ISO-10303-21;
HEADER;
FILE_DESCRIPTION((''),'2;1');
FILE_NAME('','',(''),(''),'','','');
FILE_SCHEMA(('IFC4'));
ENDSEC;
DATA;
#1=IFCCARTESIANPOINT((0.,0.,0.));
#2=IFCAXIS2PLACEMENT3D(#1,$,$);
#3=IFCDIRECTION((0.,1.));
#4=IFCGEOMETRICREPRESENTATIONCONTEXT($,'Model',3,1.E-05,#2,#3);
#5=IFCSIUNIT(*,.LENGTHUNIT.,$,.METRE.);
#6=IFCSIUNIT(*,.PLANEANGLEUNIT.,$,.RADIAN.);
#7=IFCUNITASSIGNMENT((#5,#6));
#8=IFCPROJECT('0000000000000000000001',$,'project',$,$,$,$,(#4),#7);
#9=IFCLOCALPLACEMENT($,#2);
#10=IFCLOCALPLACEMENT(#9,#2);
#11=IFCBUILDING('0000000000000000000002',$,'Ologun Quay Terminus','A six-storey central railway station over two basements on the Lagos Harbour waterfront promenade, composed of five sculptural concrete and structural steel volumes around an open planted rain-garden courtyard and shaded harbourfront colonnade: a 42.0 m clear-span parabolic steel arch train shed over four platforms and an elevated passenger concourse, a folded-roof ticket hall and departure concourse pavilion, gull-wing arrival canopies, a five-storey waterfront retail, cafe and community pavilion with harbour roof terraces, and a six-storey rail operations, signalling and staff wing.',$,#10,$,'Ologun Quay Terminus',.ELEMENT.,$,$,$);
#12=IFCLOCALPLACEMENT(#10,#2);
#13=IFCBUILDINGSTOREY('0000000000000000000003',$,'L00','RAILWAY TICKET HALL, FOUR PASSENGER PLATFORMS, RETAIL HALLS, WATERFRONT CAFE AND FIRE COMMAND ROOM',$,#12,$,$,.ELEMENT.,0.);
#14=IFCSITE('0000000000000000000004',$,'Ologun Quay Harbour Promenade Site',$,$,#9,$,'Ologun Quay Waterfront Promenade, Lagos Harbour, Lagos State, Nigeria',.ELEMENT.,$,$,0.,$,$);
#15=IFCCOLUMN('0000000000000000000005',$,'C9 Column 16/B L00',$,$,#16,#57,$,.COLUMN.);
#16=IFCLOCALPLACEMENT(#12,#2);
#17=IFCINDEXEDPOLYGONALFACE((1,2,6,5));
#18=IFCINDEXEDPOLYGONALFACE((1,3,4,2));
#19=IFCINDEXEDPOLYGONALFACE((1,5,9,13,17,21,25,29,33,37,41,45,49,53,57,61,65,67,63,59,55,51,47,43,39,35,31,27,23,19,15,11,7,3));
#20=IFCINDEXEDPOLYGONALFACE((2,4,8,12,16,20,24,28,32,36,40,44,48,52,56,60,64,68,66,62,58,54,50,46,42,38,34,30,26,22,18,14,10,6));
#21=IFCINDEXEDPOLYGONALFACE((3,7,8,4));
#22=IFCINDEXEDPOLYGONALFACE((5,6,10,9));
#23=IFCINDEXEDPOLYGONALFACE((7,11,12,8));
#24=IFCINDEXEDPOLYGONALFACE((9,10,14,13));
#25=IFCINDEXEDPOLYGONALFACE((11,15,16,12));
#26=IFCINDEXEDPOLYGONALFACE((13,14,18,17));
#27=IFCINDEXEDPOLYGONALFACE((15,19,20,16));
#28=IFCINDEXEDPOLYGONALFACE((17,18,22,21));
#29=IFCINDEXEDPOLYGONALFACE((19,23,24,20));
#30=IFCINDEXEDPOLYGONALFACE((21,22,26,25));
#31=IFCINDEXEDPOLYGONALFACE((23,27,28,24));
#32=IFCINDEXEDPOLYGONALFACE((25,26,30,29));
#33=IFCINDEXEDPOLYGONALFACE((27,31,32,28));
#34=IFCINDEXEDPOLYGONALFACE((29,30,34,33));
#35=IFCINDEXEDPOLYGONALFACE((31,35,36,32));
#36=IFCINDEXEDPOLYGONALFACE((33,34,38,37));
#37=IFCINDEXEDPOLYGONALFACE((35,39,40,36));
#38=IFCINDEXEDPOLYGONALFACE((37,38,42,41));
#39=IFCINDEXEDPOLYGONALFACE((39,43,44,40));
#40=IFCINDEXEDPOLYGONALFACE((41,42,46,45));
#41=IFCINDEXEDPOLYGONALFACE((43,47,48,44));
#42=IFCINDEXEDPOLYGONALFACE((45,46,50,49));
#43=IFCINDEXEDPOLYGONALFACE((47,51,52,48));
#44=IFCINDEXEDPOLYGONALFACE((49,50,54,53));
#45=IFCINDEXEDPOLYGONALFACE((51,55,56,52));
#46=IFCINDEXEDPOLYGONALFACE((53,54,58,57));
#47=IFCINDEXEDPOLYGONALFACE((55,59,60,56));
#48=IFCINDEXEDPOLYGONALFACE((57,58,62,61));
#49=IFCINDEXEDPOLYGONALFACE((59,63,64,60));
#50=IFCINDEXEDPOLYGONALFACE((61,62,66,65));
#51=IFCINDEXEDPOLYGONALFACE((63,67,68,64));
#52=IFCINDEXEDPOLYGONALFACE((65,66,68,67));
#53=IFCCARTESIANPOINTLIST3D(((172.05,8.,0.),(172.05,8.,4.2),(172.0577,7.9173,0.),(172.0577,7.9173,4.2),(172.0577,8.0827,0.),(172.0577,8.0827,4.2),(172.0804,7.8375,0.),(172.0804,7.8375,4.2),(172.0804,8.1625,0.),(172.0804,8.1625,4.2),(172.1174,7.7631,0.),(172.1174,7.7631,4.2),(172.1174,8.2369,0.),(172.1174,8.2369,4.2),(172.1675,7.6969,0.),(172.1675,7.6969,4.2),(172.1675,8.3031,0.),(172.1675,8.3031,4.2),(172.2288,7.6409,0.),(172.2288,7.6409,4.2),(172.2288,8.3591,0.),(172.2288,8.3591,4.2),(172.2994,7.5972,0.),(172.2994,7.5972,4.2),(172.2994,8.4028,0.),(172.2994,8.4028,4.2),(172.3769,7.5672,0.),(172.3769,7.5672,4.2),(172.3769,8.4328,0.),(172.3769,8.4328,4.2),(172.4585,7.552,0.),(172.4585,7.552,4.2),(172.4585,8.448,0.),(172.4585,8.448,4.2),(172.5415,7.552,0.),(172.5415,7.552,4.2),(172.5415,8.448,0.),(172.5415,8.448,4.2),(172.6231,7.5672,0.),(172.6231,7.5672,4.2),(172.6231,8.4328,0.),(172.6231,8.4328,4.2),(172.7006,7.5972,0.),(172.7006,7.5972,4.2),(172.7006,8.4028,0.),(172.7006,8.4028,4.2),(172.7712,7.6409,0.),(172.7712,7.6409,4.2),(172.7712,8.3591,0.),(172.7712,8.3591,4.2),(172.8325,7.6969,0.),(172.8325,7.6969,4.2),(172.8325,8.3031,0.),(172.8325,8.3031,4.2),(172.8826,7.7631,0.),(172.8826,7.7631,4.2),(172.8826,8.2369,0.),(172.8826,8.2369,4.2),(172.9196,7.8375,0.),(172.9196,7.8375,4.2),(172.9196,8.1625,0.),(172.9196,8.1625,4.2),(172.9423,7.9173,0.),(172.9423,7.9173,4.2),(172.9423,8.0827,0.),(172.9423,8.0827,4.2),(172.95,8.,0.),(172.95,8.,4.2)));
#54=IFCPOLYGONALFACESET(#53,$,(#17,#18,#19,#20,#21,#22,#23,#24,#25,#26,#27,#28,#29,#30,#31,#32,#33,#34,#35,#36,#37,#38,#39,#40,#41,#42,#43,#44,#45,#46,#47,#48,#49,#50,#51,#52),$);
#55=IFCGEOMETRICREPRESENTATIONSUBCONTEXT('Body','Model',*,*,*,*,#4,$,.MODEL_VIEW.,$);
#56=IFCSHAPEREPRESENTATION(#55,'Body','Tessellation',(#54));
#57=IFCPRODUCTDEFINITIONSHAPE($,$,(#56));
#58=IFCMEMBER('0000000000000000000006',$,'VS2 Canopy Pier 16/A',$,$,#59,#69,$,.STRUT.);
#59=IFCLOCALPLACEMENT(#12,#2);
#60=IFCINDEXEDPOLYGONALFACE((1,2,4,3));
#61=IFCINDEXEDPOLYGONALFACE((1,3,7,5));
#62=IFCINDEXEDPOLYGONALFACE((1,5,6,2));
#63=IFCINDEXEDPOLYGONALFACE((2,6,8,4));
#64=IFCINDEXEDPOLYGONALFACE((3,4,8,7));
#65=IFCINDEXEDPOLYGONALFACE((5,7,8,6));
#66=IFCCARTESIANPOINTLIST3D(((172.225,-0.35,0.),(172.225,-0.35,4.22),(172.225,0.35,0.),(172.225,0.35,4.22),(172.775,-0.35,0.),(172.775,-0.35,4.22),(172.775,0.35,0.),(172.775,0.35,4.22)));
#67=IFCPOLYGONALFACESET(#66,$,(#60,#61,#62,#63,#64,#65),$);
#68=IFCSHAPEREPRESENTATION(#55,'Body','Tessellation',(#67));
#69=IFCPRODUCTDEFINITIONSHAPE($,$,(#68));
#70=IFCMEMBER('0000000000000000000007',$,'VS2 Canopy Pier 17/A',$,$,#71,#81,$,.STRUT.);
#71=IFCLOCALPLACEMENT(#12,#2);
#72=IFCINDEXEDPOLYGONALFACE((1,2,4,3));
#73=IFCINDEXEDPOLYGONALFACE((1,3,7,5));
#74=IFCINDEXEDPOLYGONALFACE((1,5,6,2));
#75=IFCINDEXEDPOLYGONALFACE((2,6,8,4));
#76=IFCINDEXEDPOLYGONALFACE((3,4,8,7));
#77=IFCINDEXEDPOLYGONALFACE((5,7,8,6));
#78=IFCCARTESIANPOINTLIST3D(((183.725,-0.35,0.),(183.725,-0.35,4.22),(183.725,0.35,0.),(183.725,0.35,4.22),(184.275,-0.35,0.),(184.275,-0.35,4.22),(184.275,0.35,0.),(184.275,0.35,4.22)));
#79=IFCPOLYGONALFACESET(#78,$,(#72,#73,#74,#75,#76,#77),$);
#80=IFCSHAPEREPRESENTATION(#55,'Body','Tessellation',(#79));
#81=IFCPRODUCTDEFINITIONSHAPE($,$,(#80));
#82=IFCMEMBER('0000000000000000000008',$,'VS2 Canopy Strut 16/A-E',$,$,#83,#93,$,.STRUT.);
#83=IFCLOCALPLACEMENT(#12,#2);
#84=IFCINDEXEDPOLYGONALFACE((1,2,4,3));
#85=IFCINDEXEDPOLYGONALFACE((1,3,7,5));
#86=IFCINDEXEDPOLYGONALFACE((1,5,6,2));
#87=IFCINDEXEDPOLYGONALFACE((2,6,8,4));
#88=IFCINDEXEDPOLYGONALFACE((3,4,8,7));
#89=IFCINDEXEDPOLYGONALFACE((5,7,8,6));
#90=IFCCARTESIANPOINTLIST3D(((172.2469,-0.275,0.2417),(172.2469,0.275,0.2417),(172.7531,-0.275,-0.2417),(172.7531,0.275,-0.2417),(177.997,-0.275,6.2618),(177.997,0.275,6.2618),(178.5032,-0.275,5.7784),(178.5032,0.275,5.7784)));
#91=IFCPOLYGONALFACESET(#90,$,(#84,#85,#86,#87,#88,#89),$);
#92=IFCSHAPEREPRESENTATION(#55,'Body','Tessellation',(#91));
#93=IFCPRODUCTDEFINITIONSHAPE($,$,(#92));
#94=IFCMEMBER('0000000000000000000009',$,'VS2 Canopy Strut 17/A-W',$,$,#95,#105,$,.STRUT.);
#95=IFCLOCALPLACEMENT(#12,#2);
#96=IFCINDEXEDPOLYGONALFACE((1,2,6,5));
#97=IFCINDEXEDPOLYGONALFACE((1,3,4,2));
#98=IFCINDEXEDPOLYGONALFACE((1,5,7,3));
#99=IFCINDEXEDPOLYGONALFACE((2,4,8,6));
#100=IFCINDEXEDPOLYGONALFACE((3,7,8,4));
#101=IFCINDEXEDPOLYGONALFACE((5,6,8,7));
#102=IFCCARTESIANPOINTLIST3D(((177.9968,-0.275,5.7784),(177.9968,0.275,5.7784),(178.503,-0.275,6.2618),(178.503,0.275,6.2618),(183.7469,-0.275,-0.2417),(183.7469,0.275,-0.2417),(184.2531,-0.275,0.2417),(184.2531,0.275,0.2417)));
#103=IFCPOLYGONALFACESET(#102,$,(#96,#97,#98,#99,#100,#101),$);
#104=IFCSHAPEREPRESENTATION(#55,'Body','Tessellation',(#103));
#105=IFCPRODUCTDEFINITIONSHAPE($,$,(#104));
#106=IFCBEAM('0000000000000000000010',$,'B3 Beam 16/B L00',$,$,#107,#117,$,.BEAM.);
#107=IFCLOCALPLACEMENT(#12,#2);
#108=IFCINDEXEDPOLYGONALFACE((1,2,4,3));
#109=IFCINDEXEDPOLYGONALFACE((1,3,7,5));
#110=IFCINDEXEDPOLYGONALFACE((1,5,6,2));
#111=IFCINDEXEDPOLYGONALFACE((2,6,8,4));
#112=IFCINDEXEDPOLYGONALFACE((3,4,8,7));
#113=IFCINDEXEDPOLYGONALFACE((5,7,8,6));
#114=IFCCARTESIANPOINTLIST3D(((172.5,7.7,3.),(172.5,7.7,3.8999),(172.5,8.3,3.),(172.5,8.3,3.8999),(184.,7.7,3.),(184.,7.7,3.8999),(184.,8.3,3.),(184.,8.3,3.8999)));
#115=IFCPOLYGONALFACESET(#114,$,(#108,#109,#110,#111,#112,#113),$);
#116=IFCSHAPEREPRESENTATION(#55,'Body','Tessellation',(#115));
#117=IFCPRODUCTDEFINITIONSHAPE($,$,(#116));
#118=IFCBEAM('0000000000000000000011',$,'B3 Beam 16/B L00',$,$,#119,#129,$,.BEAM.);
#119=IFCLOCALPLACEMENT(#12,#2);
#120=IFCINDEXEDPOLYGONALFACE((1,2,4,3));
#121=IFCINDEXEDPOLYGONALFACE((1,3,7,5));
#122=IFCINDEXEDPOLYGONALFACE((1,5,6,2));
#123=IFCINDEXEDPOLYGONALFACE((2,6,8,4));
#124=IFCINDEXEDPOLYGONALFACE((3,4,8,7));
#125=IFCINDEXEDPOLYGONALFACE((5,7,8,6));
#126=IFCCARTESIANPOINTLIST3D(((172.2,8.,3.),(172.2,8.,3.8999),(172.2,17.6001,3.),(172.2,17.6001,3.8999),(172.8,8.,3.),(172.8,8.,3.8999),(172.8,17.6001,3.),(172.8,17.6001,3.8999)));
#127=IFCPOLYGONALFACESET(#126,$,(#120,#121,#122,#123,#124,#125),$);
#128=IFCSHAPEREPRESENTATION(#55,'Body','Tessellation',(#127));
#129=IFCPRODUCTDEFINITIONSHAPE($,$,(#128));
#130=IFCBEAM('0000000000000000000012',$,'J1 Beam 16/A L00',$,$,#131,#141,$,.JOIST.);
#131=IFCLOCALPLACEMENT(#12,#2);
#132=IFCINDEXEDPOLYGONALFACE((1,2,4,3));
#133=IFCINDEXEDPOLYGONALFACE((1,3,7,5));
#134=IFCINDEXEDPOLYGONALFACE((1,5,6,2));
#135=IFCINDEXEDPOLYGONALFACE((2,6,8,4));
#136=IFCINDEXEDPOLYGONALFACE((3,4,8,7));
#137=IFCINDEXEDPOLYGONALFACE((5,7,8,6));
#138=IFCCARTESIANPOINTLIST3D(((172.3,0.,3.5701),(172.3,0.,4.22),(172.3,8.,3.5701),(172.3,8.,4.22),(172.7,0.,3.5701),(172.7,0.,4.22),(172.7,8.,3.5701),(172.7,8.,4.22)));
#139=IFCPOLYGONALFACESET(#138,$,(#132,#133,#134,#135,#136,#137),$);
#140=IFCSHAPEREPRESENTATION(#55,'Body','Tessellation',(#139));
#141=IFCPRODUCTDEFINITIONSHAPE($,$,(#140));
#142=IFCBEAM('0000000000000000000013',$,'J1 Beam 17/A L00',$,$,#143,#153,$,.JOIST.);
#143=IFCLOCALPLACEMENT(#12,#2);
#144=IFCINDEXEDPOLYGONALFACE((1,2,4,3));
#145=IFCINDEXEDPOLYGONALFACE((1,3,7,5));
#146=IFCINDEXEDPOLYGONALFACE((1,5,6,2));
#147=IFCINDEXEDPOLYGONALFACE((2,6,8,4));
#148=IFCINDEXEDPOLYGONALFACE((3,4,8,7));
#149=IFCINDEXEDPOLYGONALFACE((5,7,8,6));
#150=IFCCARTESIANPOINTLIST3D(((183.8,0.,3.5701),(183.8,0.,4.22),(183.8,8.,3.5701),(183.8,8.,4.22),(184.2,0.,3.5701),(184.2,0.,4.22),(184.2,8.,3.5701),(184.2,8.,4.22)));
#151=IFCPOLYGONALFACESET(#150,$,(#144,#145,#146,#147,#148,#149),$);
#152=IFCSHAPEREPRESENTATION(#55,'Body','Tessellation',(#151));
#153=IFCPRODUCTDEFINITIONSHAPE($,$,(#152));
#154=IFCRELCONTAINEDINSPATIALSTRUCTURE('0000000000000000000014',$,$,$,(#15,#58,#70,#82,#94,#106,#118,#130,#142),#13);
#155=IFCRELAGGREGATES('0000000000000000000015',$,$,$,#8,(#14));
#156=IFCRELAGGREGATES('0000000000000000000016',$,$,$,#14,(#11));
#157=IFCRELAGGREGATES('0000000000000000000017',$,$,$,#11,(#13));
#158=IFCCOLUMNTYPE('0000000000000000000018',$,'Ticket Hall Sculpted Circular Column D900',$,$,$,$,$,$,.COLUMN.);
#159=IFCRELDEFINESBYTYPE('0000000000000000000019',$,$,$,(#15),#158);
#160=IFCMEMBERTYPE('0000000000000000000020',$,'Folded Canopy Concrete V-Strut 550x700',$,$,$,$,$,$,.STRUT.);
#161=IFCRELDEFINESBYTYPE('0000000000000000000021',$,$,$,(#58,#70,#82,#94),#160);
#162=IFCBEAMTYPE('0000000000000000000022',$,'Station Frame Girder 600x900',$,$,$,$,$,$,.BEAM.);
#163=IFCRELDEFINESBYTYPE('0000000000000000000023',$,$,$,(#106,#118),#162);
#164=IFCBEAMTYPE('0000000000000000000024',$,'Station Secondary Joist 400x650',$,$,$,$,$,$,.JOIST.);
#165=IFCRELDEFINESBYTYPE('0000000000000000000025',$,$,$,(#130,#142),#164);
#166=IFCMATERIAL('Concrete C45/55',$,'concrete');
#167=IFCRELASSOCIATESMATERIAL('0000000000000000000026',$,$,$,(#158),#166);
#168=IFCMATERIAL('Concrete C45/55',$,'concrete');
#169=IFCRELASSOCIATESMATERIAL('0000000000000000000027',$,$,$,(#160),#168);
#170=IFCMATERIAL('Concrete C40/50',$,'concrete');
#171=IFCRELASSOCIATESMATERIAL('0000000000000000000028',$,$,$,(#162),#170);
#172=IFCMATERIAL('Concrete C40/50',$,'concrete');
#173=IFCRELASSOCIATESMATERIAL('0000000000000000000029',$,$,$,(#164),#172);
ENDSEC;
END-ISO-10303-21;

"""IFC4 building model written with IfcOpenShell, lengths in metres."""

from ifc_helpers import new_model, si_unit, direction, frame, origin, origin_2d, place, context, subcontext, project, spatial, rectangle, circle, extrude, material, material_profile, profile_set, type_object, element, save


model = new_model("IFC4")

# Units and contexts
model_context = context("Model", 3, precision=1e-05, world=origin(), true_north=direction((0.0, 1.0)))
body_context = subcontext(model_context, "Body", "Model", "MODEL_VIEW")
ifc_project = project(units=[si_unit("LENGTHUNIT", "METRE"), si_unit("PLANEANGLEUNIT", "RADIAN")], contexts=[model_context])

# Site, building, storey
site_placement = place(None, origin())
site = spatial("IfcSite", under=ifc_project, at=site_placement, Name="Ologun Quay Harbour Promenade Site", LongName="Ologun Quay Waterfront Promenade, Lagos Harbour, Lagos State, Nigeria", CompositionType="ELEMENT", RefElevation=0.0)
building_placement = place(site_placement, origin())
building = spatial("IfcBuilding", under=site, at=building_placement, Name="Ologun Quay Terminus", Description="A six-storey central railway station over two basements on the Lagos Harbour waterfront promenade, composed of five sculptural concrete and structural steel volumes around an open planted rain-garden courtyard and shaded harbourfront colonnade: a 42.0 m clear-span parabolic steel arch train shed over four platforms and an elevated passenger concourse, a folded-roof ticket hall and departure concourse pavilion, gull-wing arrival canopies, a five-storey waterfront retail, cafe and community pavilion with harbour roof terraces, and a six-storey rail operations, signalling and staff wing.", LongName="Ologun Quay Terminus", CompositionType="ELEMENT")
storey_placement = place(building_placement, origin())
storey = spatial("IfcBuildingStorey", under=building, at=storey_placement, Name="L00", Description="RAILWAY TICKET HALL, FOUR PASSENGER PLATFORMS, RETAIL HALLS, WATERFRONT CAFE AND FIRE COMMAND ROOM", CompositionType="ELEMENT", Elevation=0.0)

# Column
ifc_material_1 = material(Name="Concrete C45/55", Category="concrete")
ifc_material_profile_1 = material_profile(ifc_material_1, circle(Radius=0.45, at=origin_2d()), Name="RC D900")
ifc_profile_set_1 = profile_set([ifc_material_profile_1], Name="Concrete C45/55")
column_type = type_object("IfcColumnType", Name="Ticket Hall Sculpted Circular Column D900", PredefinedType="COLUMN", material=ifc_profile_set_1)
column_placement = place(storey_placement, frame((172.5, 8.0, 0.0), z_axis=(0.0, 0.0, 1.0), x_axis=(1.0, 0.0, 0.0)))
element("IfcColumn", 1, at=column_placement, inside=storey, type_object=column_type, Name="C9 Column 16/B L00", PredefinedType="COLUMN", context=body_context, shape_type="SweptSolid", body=[
    extrude(circle(Radius=0.45, at=origin_2d()), origin(), (0.0, 0.0, 1.0), 4.2),
])

# Members
ifc_material_2 = material(Name="Concrete C45/55", Category="concrete")
ifc_material_profile_2 = material_profile(ifc_material_2, rectangle(XDim=0.55, YDim=0.7, at=origin_2d()), Name="RC 550x700")
ifc_profile_set_2 = profile_set([ifc_material_profile_2], Name="Concrete C45/55")
member_type = type_object("IfcMemberType", Name="Folded Canopy Concrete V-Strut 550x700", PredefinedType="STRUT", material=ifc_profile_set_2)
for number, where, z_axis, x_axis, name in (
    (2, (172.5, 0.0, 0.0), (0.0, 0.0, 1.0), (1.0, 0.0, 0.0), "VS2 Canopy Pier 16/A"),
    (3, (184.0, 0.0, 0.0), (0.0, 0.0, 1.0), (1.0, 0.0, 0.0), "VS2 Canopy Pier 17/A"),
):
    element("IfcMember", number, at=place(storey_placement, frame(where, z_axis=z_axis, x_axis=x_axis)), inside=storey, type_object=member_type, Name=name, PredefinedType="STRUT", context=body_context, shape_type="SweptSolid", body=[
        extrude(rectangle(XDim=0.55, YDim=0.7, at=origin_2d()), origin(), (0.0, 0.0, 1.0), 4.22),
    ])
for number, where, z_axis, x_axis, name in (
    (4, (172.5, 0.0, 0.0), (0.690703, 0.0, 0.723138), (0.0, 1.0, 0.0), "VS2 Canopy Strut 16/A-E"),
    (5, (184.0, 0.0, 0.0), (-0.690703, 0.0, 0.723138), (0.0, -1.0, 0.0), "VS2 Canopy Strut 17/A-W"),
):
    element("IfcMember", number, at=place(storey_placement, frame(where, z_axis=z_axis, x_axis=x_axis)), inside=storey, type_object=member_type, Name=name, PredefinedType="STRUT", context=body_context, shape_type="SweptSolid", body=[
        extrude(rectangle(XDim=0.55, YDim=0.7, at=origin_2d()), origin(), (0.0, 0.0, 1.0), 8.325),
    ])

# Beams
ifc_material_3 = material(Name="Concrete C40/50", Category="concrete")
ifc_material_profile_3 = material_profile(ifc_material_3, rectangle(XDim=0.6001, YDim=0.8999, at=origin_2d()), Name="RC 600x900")
ifc_profile_set_3 = profile_set([ifc_material_profile_3], Name="Concrete C40/50")
beam_type_1 = type_object("IfcBeamType", Name="Station Frame Girder 600x900", PredefinedType="BEAM", material=ifc_profile_set_3)
beam_1_placement = place(storey_placement, frame((172.5, 8.0, 3.45), z_axis=(1.0, 0.0, 0.0), x_axis=(0.0, 1.0, 0.0)))
element("IfcBeam", 6, at=beam_1_placement, inside=storey, type_object=beam_type_1, Name="B3 Beam 16/B L00", PredefinedType="BEAM", context=body_context, shape_type="SweptSolid", body=[
    extrude(rectangle(XDim=0.6001, YDim=0.8999, at=origin_2d()), origin(), (0.0, 0.0, 1.0), 11.5),
])
beam_2_placement = place(storey_placement, frame((172.5, 8.0, 3.45), z_axis=(0.0, 1.0, 0.0), x_axis=(-1.0, 0.0, 0.0)))
element("IfcBeam", 7, at=beam_2_placement, inside=storey, type_object=beam_type_1, Name="B3 Beam 16/B L00", PredefinedType="BEAM", context=body_context, shape_type="SweptSolid", body=[
    extrude(rectangle(XDim=0.6001, YDim=0.8999, at=origin_2d()), origin(), (0.0, 0.0, 1.0), 9.6001),
])
ifc_material_4 = material(Name="Concrete C40/50", Category="concrete")
ifc_material_profile_4 = material_profile(ifc_material_4, rectangle(XDim=0.3999, YDim=0.6499, at=origin_2d()), Name="RC 400x650")
ifc_profile_set_4 = profile_set([ifc_material_profile_4], Name="Concrete C40/50")
beam_type_2 = type_object("IfcBeamType", Name="Station Secondary Joist 400x650", PredefinedType="JOIST", material=ifc_profile_set_4)
for number, where, z_axis, x_axis, name in (
    (8, (172.5, 0.0, 3.895), (0.0, 1.0, 0.0), (-1.0, 0.0, 0.0), "J1 Beam 16/A L00"),
    (9, (184.0, 0.0, 3.895), (0.0, 1.0, 0.0), (-1.0, 0.0, 0.0), "J1 Beam 17/A L00"),
):
    element("IfcBeam", number, at=place(storey_placement, frame(where, z_axis=z_axis, x_axis=x_axis)), inside=storey, type_object=beam_type_2, Name=name, PredefinedType="JOIST", context=body_context, shape_type="SweptSolid", body=[
        extrude(rectangle(XDim=0.3999, YDim=0.6499, at=origin_2d()), origin(), (0.0, 0.0, 1.0), 8.0),
    ])

save(model, "model.ifc")
